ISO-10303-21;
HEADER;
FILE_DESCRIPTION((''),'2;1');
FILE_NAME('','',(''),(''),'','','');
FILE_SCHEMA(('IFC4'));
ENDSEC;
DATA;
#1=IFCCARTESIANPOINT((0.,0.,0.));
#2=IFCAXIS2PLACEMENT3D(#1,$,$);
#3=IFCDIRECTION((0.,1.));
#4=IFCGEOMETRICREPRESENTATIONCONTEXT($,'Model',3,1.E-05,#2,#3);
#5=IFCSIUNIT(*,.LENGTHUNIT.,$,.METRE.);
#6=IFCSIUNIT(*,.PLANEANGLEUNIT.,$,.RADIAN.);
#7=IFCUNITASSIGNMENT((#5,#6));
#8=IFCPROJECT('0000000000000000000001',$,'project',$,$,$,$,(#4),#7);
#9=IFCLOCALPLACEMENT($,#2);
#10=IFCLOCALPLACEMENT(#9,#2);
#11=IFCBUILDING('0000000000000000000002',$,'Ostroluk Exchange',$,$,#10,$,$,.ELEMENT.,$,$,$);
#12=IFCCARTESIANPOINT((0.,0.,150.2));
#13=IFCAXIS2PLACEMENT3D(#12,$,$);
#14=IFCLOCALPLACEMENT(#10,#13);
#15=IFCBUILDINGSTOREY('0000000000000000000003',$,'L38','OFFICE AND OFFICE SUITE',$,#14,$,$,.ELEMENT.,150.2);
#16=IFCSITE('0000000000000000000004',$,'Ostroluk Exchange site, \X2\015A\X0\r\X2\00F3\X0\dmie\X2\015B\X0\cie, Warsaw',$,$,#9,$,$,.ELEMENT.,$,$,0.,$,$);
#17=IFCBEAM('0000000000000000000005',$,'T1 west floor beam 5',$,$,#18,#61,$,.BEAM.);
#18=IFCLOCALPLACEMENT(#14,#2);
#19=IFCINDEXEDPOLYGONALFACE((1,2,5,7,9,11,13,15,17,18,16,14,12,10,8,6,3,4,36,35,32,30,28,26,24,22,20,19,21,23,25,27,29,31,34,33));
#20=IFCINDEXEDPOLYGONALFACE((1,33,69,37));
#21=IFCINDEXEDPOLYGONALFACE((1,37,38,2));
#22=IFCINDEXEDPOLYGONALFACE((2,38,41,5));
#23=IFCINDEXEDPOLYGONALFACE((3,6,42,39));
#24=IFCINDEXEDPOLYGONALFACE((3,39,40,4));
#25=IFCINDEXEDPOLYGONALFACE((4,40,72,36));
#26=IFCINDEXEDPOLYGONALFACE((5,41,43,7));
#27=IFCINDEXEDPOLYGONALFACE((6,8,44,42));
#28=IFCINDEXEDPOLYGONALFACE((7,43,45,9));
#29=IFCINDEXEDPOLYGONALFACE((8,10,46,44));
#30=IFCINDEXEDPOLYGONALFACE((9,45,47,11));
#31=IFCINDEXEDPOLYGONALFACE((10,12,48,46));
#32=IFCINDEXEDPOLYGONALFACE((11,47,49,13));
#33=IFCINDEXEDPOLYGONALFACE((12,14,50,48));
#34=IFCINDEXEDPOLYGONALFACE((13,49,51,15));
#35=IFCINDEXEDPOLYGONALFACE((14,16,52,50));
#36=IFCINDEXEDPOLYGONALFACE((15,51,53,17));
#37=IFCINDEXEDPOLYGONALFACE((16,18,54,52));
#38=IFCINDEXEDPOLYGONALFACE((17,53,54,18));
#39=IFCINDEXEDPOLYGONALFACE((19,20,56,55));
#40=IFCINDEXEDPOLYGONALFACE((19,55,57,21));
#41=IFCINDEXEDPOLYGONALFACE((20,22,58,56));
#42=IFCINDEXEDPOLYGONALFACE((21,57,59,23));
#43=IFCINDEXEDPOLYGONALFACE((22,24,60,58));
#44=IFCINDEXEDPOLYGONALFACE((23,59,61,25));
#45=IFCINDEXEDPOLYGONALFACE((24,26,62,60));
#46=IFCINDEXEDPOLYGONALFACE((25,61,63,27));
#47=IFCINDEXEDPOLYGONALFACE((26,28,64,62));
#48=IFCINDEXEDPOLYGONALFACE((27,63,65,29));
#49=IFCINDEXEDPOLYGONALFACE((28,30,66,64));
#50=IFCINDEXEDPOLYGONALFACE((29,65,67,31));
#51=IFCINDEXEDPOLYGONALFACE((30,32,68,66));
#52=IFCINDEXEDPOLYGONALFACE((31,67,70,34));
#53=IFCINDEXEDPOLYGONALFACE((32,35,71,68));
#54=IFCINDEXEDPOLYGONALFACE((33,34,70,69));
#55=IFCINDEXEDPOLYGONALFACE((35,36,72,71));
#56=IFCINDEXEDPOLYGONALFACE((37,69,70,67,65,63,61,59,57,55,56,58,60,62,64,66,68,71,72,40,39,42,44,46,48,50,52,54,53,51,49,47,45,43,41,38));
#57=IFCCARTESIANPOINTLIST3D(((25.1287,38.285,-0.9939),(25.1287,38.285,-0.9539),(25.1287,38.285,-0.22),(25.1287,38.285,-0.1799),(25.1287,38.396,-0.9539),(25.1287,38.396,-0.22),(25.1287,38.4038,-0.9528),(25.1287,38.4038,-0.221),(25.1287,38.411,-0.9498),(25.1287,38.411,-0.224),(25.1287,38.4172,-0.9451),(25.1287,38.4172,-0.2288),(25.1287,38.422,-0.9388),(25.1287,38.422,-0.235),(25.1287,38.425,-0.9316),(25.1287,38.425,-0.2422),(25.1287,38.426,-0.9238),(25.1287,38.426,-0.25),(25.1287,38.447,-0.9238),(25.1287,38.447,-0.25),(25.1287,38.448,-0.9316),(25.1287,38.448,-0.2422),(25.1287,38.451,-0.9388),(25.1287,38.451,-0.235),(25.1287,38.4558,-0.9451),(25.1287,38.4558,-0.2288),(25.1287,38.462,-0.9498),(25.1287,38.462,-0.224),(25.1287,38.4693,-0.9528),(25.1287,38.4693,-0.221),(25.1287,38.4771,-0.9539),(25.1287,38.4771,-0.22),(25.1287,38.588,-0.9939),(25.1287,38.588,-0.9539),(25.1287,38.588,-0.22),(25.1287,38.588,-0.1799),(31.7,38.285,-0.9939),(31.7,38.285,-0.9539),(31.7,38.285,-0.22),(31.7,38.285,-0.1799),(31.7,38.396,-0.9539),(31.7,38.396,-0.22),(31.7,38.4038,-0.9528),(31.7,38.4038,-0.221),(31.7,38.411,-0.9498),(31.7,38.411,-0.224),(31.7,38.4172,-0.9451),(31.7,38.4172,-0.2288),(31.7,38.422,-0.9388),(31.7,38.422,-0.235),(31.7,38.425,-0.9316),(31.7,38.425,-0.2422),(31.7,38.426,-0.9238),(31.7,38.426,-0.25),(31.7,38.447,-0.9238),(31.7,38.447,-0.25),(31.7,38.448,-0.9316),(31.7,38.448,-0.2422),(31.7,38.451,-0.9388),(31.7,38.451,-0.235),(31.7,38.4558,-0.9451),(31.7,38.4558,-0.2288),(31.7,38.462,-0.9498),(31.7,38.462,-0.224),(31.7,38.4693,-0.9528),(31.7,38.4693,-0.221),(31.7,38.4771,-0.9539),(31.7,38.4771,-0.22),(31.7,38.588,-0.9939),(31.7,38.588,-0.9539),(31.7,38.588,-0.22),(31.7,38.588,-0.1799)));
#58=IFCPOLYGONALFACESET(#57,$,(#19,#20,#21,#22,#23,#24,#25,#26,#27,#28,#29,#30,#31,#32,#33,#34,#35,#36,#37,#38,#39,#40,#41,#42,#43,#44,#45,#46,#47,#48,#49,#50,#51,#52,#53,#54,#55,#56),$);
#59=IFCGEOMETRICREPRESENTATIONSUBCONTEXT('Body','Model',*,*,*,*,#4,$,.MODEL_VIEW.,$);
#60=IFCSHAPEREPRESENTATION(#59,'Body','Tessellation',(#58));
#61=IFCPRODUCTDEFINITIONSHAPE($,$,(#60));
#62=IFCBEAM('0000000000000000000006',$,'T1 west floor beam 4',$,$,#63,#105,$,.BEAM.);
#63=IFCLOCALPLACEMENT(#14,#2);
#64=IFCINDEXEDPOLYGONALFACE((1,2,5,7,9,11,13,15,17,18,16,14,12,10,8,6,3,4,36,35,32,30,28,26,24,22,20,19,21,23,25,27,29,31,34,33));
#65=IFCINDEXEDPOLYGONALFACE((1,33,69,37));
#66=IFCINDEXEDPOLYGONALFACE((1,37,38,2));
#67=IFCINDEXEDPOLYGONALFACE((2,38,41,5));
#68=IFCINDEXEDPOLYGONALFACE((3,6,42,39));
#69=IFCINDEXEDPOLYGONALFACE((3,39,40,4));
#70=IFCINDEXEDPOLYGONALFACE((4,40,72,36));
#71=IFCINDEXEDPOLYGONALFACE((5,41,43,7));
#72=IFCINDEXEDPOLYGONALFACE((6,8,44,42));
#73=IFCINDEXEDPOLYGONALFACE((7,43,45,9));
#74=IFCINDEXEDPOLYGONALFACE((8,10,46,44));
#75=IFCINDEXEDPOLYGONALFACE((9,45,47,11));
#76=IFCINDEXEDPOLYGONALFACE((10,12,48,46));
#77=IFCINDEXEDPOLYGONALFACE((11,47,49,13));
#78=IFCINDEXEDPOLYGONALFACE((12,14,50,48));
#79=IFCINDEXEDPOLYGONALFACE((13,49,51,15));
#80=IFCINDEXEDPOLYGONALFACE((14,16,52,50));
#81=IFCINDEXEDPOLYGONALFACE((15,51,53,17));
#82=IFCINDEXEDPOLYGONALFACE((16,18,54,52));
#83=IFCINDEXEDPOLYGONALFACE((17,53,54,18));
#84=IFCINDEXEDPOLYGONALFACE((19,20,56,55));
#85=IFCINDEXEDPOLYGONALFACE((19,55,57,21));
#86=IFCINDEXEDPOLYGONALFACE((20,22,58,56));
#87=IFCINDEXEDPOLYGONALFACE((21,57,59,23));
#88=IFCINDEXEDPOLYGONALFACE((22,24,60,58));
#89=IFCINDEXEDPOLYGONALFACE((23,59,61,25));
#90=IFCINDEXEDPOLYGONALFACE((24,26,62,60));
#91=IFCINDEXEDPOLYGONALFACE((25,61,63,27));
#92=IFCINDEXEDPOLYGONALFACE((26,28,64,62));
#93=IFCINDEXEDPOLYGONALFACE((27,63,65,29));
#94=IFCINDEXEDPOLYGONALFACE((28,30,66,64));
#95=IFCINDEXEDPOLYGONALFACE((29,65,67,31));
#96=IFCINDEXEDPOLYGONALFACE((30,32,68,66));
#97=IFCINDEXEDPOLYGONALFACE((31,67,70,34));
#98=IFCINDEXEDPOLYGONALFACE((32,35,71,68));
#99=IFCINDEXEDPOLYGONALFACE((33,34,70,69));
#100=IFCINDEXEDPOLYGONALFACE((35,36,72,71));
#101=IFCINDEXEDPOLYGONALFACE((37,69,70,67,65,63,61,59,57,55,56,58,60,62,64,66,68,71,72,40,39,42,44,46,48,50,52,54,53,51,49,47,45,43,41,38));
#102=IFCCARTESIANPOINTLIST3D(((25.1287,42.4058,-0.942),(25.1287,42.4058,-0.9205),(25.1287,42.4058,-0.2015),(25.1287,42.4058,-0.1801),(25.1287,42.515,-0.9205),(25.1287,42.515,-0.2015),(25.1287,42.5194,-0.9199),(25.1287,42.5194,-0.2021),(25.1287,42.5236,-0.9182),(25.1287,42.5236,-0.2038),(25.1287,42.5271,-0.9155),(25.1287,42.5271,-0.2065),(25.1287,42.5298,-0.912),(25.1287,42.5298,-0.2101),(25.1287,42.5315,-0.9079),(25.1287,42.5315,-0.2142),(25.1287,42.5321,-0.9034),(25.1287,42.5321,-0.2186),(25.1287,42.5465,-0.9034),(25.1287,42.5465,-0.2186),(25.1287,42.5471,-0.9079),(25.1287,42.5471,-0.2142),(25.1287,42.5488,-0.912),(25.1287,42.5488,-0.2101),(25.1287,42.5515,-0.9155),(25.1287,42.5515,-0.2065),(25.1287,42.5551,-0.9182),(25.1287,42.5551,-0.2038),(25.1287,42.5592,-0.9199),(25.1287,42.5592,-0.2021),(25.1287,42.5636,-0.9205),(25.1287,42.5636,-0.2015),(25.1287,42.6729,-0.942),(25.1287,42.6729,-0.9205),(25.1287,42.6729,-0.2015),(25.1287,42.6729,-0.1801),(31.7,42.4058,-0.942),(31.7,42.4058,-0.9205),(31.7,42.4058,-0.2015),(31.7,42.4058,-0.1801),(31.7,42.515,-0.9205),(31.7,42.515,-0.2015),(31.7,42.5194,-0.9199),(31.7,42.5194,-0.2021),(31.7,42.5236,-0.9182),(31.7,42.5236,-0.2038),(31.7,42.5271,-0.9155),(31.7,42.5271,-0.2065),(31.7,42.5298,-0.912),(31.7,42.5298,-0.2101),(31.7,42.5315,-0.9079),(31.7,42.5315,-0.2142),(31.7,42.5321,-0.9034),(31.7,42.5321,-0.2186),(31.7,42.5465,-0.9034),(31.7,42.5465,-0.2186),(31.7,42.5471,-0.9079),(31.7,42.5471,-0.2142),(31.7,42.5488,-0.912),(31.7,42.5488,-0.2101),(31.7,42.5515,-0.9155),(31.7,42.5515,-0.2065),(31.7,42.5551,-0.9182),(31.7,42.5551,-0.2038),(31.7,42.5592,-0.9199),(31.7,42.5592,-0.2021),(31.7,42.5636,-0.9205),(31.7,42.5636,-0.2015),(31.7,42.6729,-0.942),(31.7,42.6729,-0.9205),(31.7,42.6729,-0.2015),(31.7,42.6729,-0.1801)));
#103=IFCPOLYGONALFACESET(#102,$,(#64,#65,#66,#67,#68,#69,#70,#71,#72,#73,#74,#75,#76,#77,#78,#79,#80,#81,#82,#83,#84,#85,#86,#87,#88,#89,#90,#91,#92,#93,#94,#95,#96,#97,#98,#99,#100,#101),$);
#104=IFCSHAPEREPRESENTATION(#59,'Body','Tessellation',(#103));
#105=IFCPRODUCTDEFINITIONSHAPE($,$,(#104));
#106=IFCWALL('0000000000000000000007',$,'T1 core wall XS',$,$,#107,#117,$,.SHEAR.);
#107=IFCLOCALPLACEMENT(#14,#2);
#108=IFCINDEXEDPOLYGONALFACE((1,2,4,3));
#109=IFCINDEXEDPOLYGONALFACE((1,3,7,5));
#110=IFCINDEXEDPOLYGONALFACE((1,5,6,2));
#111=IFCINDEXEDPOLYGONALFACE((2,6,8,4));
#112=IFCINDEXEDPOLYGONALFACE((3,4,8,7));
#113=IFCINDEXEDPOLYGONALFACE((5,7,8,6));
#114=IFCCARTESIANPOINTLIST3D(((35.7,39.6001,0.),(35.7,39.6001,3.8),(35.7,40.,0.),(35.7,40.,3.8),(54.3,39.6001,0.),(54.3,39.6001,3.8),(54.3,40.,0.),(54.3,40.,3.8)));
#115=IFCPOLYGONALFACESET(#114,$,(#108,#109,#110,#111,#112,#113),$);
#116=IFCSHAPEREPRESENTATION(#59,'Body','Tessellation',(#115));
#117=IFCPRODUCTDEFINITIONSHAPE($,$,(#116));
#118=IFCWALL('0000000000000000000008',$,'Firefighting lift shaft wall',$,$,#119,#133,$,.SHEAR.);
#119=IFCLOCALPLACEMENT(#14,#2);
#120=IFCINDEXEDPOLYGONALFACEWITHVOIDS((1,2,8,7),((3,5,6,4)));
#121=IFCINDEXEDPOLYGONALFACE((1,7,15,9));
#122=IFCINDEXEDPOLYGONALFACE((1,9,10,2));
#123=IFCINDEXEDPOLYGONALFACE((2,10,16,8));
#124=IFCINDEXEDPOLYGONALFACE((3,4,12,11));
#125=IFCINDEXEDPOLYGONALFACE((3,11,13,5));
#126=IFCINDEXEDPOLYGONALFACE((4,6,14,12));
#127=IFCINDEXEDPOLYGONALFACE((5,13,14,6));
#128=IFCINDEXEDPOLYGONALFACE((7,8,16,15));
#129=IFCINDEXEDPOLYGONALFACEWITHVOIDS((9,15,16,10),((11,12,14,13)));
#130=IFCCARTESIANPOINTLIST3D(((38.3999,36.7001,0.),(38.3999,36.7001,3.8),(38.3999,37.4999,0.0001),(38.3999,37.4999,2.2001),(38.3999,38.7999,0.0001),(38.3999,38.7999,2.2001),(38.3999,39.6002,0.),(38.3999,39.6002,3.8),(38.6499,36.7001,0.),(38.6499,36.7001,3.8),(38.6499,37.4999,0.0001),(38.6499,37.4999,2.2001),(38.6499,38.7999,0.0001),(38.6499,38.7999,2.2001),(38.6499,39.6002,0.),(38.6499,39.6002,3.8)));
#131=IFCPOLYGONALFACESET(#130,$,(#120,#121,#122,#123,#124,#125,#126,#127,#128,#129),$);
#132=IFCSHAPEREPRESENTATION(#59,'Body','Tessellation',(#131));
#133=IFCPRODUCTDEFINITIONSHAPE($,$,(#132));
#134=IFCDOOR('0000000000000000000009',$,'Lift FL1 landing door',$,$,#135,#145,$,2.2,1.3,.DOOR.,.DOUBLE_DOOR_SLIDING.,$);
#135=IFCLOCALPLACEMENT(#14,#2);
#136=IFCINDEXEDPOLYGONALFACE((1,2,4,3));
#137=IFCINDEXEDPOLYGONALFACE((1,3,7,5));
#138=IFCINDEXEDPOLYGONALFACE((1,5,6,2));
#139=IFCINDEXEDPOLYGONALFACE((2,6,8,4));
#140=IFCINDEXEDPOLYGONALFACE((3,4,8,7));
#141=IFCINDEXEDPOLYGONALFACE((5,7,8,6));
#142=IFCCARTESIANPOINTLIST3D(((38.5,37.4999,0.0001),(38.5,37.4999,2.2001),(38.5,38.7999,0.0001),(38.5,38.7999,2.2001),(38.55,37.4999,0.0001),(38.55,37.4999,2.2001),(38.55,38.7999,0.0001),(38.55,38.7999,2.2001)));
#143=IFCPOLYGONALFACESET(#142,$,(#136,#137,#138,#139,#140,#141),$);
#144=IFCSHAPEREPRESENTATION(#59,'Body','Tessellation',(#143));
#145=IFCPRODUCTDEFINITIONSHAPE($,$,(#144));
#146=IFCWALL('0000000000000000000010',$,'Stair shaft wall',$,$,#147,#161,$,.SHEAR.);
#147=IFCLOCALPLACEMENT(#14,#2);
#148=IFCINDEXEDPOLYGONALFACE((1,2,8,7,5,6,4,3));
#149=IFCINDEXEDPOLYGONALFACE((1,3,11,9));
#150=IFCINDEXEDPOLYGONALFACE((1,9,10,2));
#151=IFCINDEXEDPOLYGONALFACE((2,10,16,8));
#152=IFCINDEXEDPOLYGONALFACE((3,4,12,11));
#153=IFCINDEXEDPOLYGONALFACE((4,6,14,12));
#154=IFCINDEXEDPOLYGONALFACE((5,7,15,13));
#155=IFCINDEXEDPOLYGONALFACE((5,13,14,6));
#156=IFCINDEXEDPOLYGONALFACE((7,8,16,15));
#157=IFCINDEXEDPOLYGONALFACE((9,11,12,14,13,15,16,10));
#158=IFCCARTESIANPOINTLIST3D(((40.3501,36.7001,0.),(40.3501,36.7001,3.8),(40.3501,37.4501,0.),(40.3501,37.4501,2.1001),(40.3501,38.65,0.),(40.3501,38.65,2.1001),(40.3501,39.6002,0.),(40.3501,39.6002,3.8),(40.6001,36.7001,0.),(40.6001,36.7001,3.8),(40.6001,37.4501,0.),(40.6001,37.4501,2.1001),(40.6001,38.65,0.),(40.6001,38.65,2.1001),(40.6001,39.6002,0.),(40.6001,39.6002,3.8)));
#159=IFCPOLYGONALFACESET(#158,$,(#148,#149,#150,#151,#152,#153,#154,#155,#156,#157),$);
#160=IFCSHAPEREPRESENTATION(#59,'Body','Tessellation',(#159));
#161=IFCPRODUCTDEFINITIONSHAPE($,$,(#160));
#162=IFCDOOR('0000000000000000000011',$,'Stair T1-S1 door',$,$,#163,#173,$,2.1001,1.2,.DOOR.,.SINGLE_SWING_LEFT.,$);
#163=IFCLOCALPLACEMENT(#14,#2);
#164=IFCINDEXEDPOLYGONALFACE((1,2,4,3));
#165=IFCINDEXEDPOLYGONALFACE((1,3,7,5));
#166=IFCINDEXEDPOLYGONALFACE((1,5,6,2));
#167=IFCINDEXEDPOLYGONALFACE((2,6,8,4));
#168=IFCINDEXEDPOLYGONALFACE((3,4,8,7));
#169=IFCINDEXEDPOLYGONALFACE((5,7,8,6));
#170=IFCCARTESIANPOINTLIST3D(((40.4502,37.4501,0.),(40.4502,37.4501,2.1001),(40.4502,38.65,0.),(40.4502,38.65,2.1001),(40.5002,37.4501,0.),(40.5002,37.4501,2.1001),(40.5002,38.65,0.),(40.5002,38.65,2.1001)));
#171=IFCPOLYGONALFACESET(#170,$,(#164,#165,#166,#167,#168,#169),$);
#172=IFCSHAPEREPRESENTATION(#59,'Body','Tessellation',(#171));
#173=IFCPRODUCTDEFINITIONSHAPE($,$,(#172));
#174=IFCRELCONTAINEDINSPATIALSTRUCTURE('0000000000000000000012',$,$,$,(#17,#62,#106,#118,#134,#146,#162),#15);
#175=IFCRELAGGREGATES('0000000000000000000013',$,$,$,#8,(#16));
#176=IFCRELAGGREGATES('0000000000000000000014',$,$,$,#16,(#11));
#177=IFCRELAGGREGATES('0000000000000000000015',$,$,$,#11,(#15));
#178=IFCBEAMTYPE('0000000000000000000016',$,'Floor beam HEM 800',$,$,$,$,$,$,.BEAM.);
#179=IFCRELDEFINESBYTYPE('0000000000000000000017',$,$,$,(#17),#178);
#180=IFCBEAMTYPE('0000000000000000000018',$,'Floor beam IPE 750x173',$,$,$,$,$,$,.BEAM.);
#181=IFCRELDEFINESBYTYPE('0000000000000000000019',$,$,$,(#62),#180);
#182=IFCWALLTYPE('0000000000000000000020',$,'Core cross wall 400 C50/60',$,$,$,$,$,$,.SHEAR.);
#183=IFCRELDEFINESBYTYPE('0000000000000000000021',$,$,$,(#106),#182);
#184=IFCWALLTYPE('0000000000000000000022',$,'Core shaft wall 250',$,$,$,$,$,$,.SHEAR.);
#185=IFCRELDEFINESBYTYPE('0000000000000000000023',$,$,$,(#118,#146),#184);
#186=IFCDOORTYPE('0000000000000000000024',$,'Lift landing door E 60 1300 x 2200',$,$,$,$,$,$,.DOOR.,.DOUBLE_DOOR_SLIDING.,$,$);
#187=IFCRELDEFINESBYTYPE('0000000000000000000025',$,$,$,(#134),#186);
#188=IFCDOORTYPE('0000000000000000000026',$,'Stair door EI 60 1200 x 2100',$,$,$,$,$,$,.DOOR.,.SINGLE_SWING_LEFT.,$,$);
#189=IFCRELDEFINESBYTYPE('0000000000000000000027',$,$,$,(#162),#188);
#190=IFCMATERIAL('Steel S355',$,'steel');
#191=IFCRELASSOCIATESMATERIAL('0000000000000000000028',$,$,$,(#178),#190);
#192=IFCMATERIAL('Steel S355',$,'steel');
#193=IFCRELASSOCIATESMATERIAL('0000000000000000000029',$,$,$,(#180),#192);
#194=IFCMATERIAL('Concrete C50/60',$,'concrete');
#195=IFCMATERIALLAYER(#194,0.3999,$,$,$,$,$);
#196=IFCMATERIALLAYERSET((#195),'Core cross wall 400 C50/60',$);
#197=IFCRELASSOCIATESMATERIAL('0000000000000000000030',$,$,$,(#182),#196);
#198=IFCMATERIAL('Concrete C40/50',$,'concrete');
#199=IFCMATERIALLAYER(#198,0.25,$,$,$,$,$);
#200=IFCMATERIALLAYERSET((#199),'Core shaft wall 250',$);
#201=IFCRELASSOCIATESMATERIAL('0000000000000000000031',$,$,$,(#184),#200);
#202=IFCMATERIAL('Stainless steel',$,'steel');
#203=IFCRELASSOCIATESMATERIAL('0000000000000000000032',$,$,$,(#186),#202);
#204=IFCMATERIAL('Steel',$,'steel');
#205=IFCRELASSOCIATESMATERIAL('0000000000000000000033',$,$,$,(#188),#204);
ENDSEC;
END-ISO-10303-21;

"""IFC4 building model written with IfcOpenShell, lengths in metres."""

from ifc_helpers import new_model, si_unit, direction, frame, frame_2d, origin, origin_2d, place, context, subcontext, project, spatial, rectangle, i_section, extrude, material, layer, layer_set, material_profile, profile_set, type_object, element, fill, save


model = new_model("IFC4")

# Units and contexts
model_context = context("Model", 3, precision=1e-05, world=origin(), true_north=direction((0.0, 1.0)))
body_context = subcontext(model_context, "Body", "Model", "MODEL_VIEW")
ifc_project = project(units=[si_unit("LENGTHUNIT", "METRE"), si_unit("PLANEANGLEUNIT", "RADIAN")], contexts=[model_context])

# Site, building, storey
site_placement = place(None, origin())
site = spatial("IfcSite", under=ifc_project, at=site_placement, Name="Ostroluk Exchange site, Śródmieście, Warsaw", CompositionType="ELEMENT", RefElevation=0.0)
building_placement = place(site_placement, origin())
building = spatial("IfcBuilding", under=site, at=building_placement, Name="Ostroluk Exchange", CompositionType="ELEMENT")
storey_placement = place(building_placement, frame((0.0, 0.0, 150.2)))
storey = spatial("IfcBuildingStorey", under=building, at=storey_placement, Name="L38", Description="OFFICE AND OFFICE SUITE", CompositionType="ELEMENT", Elevation=150.2)

# Beams
ifc_material_1 = material(Name="Steel S355", Category="steel")
ifc_material_profile_1 = material_profile(ifc_material_1, i_section(OverallWidth=0.303, OverallDepth=0.814, WebThickness=0.021, FlangeThickness=0.04, FilletRadius=0.03, at=origin_2d()), Name="HEM 800")
ifc_profile_set_1 = profile_set([ifc_material_profile_1], Name="Steel S355")
beam_type_1 = type_object("IfcBeamType", Name="Floor beam HEM 800", PredefinedType="BEAM", material=ifc_profile_set_1)
beam_1_placement = place(storey_placement, frame((31.7, 38.4365, -0.5869), z_axis=(-1.0, 0.0, 0.0), x_axis=(0.0, -1.0, 0.0)))
element("IfcBeam", 1, at=beam_1_placement, inside=storey, type_object=beam_type_1, Name="T1 west floor beam 5", PredefinedType="BEAM", context=body_context, shape_type="SweptSolid", body=[
    extrude(i_section(OverallWidth=0.303, OverallDepth=0.814, WebThickness=0.021, FlangeThickness=0.04, FilletRadius=0.03, at=origin_2d()), origin(), (0.0, 0.0, 1.0), 6.5713),
])
ifc_material_2 = material(Name="Steel S355", Category="steel")
ifc_material_profile_2 = material_profile(ifc_material_2, i_section(OverallWidth=0.2671, OverallDepth=0.762, WebThickness=0.0144, FlangeThickness=0.0215, FilletRadius=0.0171, at=origin_2d()), Name="IPE 750x173")
ifc_profile_set_2 = profile_set([ifc_material_profile_2], Name="Steel S355")
beam_type_2 = type_object("IfcBeamType", Name="Floor beam IPE 750x173", PredefinedType="BEAM", material=ifc_profile_set_2)
beam_2_placement = place(storey_placement, frame((31.7, 42.5393, -0.561), z_axis=(-1.0, 0.0, 0.0), x_axis=(0.0, -1.0, 0.0)))
element("IfcBeam", 2, at=beam_2_placement, inside=storey, type_object=beam_type_2, Name="T1 west floor beam 4", PredefinedType="BEAM", context=body_context, shape_type="SweptSolid", body=[
    extrude(i_section(OverallWidth=0.2671, OverallDepth=0.762, WebThickness=0.0144, FlangeThickness=0.0215, FilletRadius=0.0171, at=origin_2d()), origin(), (0.0, 0.0, 1.0), 6.5713),
])

# Wall
ifc_material_3 = material(Name="Concrete C50/60", Category="concrete")
ifc_layer_1 = layer(ifc_material_3, 0.3999)
ifc_layer_set_1 = layer_set([ifc_layer_1], Name="Core cross wall 400 C50/60")
wall_type_1 = type_object("IfcWallType", Name="Core cross wall 400 C50/60", PredefinedType="SHEAR", material=ifc_layer_set_1)
wall_1_placement = place(storey_placement, frame((35.7, 39.8, 0.0), z_axis=(0.0, 0.0, 1.0), x_axis=(1.0, 0.0, 0.0)))
element("IfcWall", 3, at=wall_1_placement, inside=storey, type_object=wall_type_1, Name="T1 core wall XS", PredefinedType="SHEAR", context=body_context, shape_type="SweptSolid", body=[
    extrude(rectangle(XDim=18.6001, YDim=0.3999, at=frame_2d((9.3, 0.0))), origin(), (0.0, 0.0, 1.0), 3.8),
])

# Walls, openings, doors
ifc_material_4 = material(Name="Concrete C40/50", Category="concrete")
ifc_layer_2 = layer(ifc_material_4, 0.25)
ifc_layer_set_2 = layer_set([ifc_layer_2], Name="Core shaft wall 250")
wall_type_2 = type_object("IfcWallType", Name="Core shaft wall 250", PredefinedType="SHEAR", material=ifc_layer_set_2)
wall_2_placement = place(storey_placement, frame((38.5249, 36.7, 0.0), z_axis=(0.0, 0.0, 1.0), x_axis=(0.0, 1.0, 0.0)))
wall_2 = element("IfcWall", 4, at=wall_2_placement, inside=storey, type_object=wall_type_2, Name="Firefighting lift shaft wall", PredefinedType="SHEAR", context=body_context, shape_type="SweptSolid", body=[
    extrude(rectangle(XDim=2.9001, YDim=0.25, at=frame_2d((1.4502, 0.0))), origin(), (0.0, 0.0, 1.0), 3.8),
])
opening_1_placement = place(wall_2_placement, frame((0.8, 0.0, 0.0)))
opening_1 = element("IfcOpeningElement", 5, at=opening_1_placement, cuts=wall_2, PredefinedType="OPENING", context=body_context, shape_type="SweptSolid", body=[
    extrude(rectangle(XDim=1.3, YDim=2.2, at=frame_2d((0.6499, 1.1001))), frame((0.0, 0.135, 0.0), z_axis=(0.0, -1.0, 0.0), x_axis=(1.0, 0.0, 0.0)), (0.0, 0.0, 1.0), 0.27),
])
ifc_material_5 = material(Name="Stainless steel", Category="steel")
door_type_1 = type_object("IfcDoorType", Name="Lift landing door E 60 1300 x 2200", OperationType="DOUBLE_DOOR_SLIDING", PredefinedType="DOOR", material=ifc_material_5)
door_1_placement = place(opening_1_placement, origin())
door_1 = element("IfcDoor", 6, at=door_1_placement, inside=storey, type_object=door_type_1, Name="Lift FL1 landing door", OperationType="DOUBLE_DOOR_SLIDING", OverallHeight=2.2, OverallWidth=1.3, PredefinedType="DOOR", context=body_context, shape_type="SweptSolid", body=[
    extrude(rectangle(XDim=1.3, YDim=2.2, at=frame_2d((0.6499, 1.1001))), frame((0.0, 0.0249, 0.0), z_axis=(0.0, -1.0, 0.0), x_axis=(1.0, 0.0, 0.0)), (0.0, 0.0, 1.0), 0.05),
])
fill(opening_1, door_1)
wall_3_placement = place(storey_placement, frame((40.4751, 36.7, 0.0), z_axis=(0.0, 0.0, 1.0), x_axis=(0.0, 1.0, 0.0)))
wall_3 = element("IfcWall", 7, at=wall_3_placement, inside=storey, type_object=wall_type_2, Name="Stair shaft wall", PredefinedType="SHEAR", context=body_context, shape_type="SweptSolid", body=[
    extrude(rectangle(XDim=2.9001, YDim=0.25, at=frame_2d((1.4502, 0.0))), origin(), (0.0, 0.0, 1.0), 3.8),
])
opening_2_placement = place(wall_3_placement, frame((0.75, 0.0, 0.0)))
opening_2 = element("IfcOpeningElement", 8, at=opening_2_placement, cuts=wall_3, PredefinedType="OPENING", context=body_context, shape_type="SweptSolid", body=[
    extrude(rectangle(XDim=1.2, YDim=2.1001, at=frame_2d((0.6001, 1.05))), frame((0.0, 0.135, 0.0), z_axis=(0.0, -1.0, 0.0), x_axis=(1.0, 0.0, 0.0)), (0.0, 0.0, 1.0), 0.27),
])
ifc_material_6 = material(Name="Steel", Category="steel")
door_type_2 = type_object("IfcDoorType", Name="Stair door EI 60 1200 x 2100", OperationType="SINGLE_SWING_LEFT", PredefinedType="DOOR", material=ifc_material_6)
door_2_placement = place(opening_2_placement, origin())
door_2 = element("IfcDoor", 9, at=door_2_placement, inside=storey, type_object=door_type_2, Name="Stair T1-S1 door", OperationType="SINGLE_SWING_LEFT", OverallHeight=2.1001, OverallWidth=1.2, PredefinedType="DOOR", context=body_context, shape_type="SweptSolid", body=[
    extrude(rectangle(XDim=1.2, YDim=2.1001, at=frame_2d((0.6001, 1.05))), frame((0.0, 0.0249, 0.0), z_axis=(0.0, -1.0, 0.0), x_axis=(1.0, 0.0, 0.0)), (0.0, 0.0, 1.0), 0.05),
])
fill(opening_2, door_2)

save(model, "model.ifc")
